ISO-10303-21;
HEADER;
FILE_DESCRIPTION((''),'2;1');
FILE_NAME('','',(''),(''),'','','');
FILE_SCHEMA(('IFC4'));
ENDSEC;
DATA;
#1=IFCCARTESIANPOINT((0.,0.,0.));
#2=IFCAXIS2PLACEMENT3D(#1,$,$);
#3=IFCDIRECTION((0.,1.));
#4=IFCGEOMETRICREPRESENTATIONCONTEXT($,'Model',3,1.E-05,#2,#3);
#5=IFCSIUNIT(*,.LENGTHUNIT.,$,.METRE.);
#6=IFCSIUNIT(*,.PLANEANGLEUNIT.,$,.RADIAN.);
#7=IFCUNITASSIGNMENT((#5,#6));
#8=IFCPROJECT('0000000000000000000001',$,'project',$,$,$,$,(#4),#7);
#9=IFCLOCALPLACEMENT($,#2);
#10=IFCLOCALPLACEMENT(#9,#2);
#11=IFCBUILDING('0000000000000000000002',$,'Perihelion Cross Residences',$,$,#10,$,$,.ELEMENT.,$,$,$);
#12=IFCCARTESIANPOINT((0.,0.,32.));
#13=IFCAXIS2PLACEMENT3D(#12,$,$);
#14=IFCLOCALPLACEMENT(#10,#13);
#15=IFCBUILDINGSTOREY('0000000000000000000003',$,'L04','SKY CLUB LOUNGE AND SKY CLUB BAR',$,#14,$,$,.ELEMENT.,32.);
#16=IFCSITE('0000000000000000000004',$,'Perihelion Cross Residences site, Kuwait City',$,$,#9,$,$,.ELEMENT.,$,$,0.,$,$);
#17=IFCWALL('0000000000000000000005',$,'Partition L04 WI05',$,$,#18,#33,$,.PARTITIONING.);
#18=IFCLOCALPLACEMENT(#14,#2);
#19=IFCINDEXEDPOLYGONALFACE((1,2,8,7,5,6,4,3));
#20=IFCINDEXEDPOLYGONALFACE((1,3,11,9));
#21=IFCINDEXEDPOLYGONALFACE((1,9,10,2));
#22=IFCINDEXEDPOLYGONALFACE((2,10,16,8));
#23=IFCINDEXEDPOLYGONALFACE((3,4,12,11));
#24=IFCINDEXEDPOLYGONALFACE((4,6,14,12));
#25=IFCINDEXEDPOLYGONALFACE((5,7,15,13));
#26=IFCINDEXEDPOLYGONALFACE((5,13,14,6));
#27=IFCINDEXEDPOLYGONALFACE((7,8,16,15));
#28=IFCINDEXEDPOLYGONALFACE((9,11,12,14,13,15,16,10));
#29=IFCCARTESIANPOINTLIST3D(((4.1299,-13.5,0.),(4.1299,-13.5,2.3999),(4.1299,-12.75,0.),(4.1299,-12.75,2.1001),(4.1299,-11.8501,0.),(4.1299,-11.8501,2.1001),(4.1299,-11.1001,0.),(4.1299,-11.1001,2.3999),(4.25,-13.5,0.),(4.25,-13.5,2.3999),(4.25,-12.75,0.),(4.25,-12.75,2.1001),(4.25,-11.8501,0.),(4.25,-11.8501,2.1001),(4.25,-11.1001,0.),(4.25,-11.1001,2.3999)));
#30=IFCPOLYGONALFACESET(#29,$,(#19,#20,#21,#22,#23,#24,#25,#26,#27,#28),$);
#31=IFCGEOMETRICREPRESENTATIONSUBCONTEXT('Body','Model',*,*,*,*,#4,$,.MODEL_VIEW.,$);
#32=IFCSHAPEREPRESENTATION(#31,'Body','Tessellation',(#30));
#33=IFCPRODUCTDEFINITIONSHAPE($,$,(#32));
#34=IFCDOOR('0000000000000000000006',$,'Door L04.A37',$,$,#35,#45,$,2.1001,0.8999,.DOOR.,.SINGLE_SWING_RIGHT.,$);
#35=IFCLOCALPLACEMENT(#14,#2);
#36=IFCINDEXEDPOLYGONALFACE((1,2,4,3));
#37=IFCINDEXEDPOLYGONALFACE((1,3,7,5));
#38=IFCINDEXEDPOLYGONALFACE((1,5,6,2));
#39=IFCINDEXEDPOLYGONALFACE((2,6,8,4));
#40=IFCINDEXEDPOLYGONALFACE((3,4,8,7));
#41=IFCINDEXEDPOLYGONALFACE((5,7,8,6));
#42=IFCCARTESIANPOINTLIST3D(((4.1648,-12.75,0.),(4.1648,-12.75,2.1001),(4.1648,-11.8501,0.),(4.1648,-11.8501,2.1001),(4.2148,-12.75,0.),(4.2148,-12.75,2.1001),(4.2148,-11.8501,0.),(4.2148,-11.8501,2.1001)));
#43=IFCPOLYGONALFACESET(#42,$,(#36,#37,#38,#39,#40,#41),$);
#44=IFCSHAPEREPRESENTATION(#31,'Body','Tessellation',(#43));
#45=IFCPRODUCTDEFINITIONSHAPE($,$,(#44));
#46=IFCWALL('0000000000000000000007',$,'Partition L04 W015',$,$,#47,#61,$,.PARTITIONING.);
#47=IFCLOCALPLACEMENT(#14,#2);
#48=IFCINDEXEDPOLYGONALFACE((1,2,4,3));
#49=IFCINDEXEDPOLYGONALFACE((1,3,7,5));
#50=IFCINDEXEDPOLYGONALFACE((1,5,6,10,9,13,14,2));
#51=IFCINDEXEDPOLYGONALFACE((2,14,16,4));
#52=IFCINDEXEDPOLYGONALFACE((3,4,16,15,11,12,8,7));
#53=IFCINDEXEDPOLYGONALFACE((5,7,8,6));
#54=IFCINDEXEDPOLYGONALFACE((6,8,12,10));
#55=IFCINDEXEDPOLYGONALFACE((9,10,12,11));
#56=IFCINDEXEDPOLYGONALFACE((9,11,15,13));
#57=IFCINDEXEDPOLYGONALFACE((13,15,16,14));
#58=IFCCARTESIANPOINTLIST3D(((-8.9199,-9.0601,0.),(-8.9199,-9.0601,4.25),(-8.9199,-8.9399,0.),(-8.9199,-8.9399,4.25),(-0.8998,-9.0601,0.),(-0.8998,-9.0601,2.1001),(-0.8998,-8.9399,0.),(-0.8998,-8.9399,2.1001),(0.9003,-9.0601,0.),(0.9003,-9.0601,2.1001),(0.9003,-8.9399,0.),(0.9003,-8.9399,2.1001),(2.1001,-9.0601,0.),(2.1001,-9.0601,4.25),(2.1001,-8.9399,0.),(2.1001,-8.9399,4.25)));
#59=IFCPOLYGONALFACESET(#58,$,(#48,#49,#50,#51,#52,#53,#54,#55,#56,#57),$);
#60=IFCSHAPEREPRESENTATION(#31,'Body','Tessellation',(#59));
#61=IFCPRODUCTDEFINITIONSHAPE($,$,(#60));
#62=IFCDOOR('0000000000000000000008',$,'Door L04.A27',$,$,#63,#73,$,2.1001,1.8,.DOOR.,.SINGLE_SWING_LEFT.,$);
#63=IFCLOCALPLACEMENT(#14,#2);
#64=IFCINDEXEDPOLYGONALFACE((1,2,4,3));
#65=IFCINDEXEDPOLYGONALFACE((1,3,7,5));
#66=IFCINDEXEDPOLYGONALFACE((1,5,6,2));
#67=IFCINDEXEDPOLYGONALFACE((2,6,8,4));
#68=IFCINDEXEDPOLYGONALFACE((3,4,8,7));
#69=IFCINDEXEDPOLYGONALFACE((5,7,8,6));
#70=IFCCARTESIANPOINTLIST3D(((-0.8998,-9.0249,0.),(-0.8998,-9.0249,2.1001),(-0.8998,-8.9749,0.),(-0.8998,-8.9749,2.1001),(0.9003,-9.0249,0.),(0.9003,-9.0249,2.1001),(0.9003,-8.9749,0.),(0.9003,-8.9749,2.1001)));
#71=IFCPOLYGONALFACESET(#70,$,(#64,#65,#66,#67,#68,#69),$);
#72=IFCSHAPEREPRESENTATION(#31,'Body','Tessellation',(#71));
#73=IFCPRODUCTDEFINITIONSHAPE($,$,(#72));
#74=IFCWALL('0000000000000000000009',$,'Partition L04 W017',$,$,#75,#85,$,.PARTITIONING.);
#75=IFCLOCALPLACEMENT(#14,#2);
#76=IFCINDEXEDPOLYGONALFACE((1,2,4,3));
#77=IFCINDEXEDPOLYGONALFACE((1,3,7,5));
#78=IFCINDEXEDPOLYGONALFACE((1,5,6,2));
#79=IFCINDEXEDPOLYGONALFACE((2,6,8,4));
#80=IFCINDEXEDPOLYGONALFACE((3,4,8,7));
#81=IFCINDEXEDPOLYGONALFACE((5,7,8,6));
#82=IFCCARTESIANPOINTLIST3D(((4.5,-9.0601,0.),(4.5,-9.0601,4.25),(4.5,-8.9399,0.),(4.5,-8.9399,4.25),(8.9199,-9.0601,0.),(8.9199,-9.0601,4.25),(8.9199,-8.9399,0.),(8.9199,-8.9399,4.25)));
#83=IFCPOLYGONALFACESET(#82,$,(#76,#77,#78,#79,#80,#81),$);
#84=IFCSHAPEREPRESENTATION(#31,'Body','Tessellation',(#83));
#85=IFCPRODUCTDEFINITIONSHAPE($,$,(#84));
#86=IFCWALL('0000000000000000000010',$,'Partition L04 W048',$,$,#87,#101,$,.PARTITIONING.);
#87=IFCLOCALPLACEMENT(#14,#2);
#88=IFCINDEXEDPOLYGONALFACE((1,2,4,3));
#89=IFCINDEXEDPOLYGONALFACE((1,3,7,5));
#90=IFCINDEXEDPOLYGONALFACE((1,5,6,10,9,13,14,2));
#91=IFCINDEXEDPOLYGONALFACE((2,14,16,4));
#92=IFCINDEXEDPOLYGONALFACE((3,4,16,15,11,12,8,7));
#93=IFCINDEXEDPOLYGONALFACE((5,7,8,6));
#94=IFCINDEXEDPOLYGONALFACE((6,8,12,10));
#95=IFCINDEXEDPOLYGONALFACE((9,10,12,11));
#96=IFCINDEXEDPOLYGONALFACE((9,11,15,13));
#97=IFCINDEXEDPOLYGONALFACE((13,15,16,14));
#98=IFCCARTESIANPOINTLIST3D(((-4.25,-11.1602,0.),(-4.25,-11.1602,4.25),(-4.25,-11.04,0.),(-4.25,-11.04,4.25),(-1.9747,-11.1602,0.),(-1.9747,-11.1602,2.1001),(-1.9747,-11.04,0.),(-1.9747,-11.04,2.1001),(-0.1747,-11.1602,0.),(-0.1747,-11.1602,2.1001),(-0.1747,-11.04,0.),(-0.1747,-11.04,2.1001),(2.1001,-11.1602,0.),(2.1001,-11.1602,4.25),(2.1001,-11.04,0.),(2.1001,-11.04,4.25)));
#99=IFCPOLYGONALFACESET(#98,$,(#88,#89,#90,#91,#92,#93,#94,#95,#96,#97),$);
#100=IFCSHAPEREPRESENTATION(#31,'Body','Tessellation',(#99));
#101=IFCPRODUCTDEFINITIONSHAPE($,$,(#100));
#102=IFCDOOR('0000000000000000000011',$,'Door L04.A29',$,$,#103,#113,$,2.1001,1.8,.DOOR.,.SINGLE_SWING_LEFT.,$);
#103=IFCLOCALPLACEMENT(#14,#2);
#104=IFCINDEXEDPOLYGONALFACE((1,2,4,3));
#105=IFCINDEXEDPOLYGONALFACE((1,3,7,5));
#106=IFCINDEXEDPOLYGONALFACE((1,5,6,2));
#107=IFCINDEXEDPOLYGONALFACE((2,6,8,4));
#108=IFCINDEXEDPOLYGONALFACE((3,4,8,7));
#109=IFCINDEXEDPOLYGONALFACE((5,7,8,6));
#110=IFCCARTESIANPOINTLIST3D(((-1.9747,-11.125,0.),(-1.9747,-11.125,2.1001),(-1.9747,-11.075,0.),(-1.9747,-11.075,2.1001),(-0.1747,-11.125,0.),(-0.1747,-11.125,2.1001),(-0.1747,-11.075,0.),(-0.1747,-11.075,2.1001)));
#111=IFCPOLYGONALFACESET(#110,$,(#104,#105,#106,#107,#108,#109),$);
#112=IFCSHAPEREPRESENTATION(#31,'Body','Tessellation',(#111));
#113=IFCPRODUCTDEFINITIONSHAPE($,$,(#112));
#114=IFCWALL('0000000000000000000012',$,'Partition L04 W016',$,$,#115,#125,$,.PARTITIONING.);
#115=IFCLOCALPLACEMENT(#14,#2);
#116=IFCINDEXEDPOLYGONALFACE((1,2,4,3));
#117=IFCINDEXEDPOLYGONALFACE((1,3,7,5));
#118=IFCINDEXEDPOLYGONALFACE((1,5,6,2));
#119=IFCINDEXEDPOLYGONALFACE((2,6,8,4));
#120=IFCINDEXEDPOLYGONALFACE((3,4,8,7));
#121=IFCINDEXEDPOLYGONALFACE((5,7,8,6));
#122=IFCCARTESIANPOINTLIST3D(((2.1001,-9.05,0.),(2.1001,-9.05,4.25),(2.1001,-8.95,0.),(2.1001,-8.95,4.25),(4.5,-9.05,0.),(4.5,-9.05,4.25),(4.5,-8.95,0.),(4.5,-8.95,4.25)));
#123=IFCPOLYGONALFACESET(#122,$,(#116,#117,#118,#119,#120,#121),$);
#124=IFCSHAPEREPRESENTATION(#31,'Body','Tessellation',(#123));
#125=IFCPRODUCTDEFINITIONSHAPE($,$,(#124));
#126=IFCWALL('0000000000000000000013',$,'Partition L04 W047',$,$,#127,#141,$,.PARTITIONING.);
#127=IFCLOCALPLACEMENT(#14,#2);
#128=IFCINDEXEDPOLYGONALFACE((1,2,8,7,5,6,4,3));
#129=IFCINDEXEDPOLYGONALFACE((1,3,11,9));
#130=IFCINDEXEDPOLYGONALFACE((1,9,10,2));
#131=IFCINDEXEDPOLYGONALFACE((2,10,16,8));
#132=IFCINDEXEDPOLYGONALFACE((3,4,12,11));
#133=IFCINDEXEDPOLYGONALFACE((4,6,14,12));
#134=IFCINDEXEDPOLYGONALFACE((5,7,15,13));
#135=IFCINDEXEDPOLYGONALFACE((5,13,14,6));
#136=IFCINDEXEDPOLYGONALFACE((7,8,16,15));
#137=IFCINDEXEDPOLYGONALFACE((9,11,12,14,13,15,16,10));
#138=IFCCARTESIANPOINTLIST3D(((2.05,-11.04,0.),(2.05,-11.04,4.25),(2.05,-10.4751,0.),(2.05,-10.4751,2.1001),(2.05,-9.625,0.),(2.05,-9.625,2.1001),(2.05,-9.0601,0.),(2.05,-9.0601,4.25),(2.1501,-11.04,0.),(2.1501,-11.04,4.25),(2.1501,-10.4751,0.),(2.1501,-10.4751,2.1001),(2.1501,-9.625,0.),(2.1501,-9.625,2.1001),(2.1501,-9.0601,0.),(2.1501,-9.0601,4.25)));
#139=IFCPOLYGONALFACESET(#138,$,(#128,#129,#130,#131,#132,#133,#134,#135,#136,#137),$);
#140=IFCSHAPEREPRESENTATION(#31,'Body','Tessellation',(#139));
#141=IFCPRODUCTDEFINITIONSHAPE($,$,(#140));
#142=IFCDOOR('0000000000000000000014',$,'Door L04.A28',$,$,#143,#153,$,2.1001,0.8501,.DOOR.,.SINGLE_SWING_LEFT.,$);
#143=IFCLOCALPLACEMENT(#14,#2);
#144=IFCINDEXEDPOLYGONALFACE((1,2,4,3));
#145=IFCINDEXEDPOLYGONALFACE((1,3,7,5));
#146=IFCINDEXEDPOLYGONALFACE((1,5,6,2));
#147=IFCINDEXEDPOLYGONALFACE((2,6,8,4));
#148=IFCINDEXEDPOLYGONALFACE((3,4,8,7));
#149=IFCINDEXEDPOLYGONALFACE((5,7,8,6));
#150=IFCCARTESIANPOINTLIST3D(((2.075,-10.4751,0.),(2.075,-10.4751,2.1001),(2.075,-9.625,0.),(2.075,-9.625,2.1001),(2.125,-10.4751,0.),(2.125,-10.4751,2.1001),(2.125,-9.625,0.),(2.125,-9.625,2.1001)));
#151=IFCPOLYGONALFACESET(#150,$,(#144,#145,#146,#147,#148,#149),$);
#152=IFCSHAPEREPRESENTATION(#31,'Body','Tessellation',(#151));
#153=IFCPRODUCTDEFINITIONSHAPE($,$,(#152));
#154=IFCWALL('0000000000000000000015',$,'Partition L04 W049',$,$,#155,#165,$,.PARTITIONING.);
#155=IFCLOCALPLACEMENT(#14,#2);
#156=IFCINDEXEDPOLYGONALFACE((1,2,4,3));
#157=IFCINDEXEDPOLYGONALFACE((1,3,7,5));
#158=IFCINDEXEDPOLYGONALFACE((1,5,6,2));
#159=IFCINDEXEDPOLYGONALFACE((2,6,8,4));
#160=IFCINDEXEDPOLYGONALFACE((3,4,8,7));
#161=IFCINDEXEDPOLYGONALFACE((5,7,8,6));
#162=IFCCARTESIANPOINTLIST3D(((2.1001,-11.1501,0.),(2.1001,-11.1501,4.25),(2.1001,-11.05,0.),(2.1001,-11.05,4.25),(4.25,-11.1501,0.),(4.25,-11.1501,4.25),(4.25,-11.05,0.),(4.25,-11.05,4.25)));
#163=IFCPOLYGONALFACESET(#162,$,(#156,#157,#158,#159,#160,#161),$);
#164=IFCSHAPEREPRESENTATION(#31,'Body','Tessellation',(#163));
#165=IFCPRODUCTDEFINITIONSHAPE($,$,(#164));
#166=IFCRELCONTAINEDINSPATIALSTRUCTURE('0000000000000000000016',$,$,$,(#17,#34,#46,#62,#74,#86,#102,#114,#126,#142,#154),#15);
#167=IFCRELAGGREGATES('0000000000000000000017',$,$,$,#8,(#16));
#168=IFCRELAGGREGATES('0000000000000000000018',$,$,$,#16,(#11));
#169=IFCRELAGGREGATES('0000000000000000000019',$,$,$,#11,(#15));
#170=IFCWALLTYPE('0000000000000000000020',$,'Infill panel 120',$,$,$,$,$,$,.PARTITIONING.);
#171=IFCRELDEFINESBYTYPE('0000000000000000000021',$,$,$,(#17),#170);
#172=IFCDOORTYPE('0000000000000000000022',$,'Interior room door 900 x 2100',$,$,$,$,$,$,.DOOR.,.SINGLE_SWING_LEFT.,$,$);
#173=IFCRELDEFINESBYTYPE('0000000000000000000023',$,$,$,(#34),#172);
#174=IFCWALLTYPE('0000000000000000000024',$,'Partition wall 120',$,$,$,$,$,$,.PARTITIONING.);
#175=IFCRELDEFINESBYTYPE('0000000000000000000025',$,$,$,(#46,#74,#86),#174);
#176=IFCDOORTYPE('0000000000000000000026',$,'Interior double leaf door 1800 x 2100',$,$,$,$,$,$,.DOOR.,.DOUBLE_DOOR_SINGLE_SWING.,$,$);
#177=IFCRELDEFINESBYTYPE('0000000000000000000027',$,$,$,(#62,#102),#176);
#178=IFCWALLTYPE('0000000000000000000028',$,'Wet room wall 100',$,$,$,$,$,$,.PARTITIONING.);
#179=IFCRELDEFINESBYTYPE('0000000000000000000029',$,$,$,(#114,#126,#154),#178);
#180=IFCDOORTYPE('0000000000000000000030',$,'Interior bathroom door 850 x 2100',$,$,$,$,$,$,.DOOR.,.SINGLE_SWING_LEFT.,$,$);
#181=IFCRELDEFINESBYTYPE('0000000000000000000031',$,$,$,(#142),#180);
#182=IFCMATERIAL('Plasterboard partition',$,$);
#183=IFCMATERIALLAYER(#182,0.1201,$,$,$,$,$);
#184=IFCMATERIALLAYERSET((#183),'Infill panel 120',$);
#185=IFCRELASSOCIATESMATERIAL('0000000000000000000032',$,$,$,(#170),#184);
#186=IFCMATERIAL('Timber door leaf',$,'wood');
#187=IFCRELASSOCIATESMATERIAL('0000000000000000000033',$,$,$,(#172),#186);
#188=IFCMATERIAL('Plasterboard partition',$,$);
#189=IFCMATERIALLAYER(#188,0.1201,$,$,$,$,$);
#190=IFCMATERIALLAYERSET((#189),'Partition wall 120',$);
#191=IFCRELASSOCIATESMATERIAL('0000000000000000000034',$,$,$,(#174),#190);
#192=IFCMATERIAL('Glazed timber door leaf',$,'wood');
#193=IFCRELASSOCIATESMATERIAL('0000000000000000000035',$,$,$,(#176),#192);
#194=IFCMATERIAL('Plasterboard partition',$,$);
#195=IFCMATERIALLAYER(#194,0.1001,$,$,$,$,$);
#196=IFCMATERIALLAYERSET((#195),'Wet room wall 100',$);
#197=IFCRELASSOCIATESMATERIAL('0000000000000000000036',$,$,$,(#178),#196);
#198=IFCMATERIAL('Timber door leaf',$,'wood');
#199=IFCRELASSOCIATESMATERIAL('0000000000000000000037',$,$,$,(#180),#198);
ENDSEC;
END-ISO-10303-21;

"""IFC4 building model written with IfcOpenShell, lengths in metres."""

from ifc_helpers import new_model, si_unit, direction, frame, frame_2d, origin, place, context, subcontext, project, spatial, rectangle, extrude, material, layer, layer_set, type_object, element, fill, save


model = new_model("IFC4")

# Units and contexts
model_context = context("Model", 3, precision=1e-05, world=origin(), true_north=direction((0.0, 1.0)))
body_context = subcontext(model_context, "Body", "Model", "MODEL_VIEW")
ifc_project = project(units=[si_unit("LENGTHUNIT", "METRE"), si_unit("PLANEANGLEUNIT", "RADIAN")], contexts=[model_context])

# Site, building, storey
site_placement = place(None, origin())
site = spatial("IfcSite", under=ifc_project, at=site_placement, Name="Perihelion Cross Residences site, Kuwait City", CompositionType="ELEMENT", RefElevation=0.0)
building_placement = place(site_placement, origin())
building = spatial("IfcBuilding", under=site, at=building_placement, Name="Perihelion Cross Residences", CompositionType="ELEMENT")
storey_placement = place(building_placement, frame((0.0, 0.0, 32.0)))
storey = spatial("IfcBuildingStorey", under=building, at=storey_placement, Name="L04", Description="SKY CLUB LOUNGE AND SKY CLUB BAR", CompositionType="ELEMENT", Elevation=32.0)

# Walls, openings, doors
ifc_material_1 = material(Name="Plasterboard partition")
ifc_layer_1 = layer(ifc_material_1, 0.1201)
ifc_layer_set_1 = layer_set([ifc_layer_1], Name="Infill panel 120")
wall_type_1 = type_object("IfcWallType", Name="Infill panel 120", PredefinedType="PARTITIONING", material=ifc_layer_set_1)
wall_1_placement = place(storey_placement, frame((4.1899, -11.1001, 0.0), z_axis=(0.0, 0.0, 1.0), x_axis=(0.0, -1.0, 0.0)))
wall_1 = element("IfcWall", 1, at=wall_1_placement, inside=storey, type_object=wall_type_1, Name="Partition L04 WI05", PredefinedType="PARTITIONING", context=body_context, shape_type="SweptSolid", body=[
    extrude(rectangle(XDim=2.3999, YDim=0.1201, at=frame_2d((1.2, 0.0))), origin(), (0.0, 0.0, 1.0), 2.3999),
])
opening_1_placement = place(wall_1_placement, frame((0.75, 0.0, 0.0)))
opening_1 = element("IfcOpeningElement", 2, at=opening_1_placement, cuts=wall_1, PredefinedType="OPENING", context=body_context, shape_type="SweptSolid", body=[
    extrude(rectangle(XDim=0.8999, YDim=2.1001, at=frame_2d((0.45, 1.05))), frame((0.0, 0.0701, 0.0), z_axis=(0.0, -1.0, 0.0), x_axis=(1.0, 0.0, 0.0)), (0.0, 0.0, 1.0), 0.1401),
])
ifc_material_2 = material(Name="Timber door leaf", Category="wood")
door_type_1 = type_object("IfcDoorType", Name="Interior room door 900 x 2100", OperationType="SINGLE_SWING_LEFT", PredefinedType="DOOR", material=ifc_material_2)
door_1_placement = place(opening_1_placement, origin())
door_1 = element("IfcDoor", 3, at=door_1_placement, inside=storey, type_object=door_type_1, Name="Door L04.A37", OperationType="SINGLE_SWING_RIGHT", OverallHeight=2.1001, OverallWidth=0.8999, PredefinedType="DOOR", context=body_context, shape_type="SweptSolid", body=[
    extrude(rectangle(XDim=0.8999, YDim=2.1001, at=frame_2d((0.45, 1.05))), frame((0.0, 0.0249, 0.0), z_axis=(0.0, -1.0, 0.0), x_axis=(1.0, 0.0, 0.0)), (0.0, 0.0, 1.0), 0.05),
])
fill(opening_1, door_1)
ifc_material_3 = material(Name="Plasterboard partition")
ifc_layer_2 = layer(ifc_material_3, 0.1201)
ifc_layer_set_2 = layer_set([ifc_layer_2], Name="Partition wall 120")
wall_type_2 = type_object("IfcWallType", Name="Partition wall 120", PredefinedType="PARTITIONING", material=ifc_layer_set_2)
wall_2_placement = place(storey_placement, frame((2.1001, -9.0, 0.0), z_axis=(0.0, 0.0, 1.0), x_axis=(-1.0, 0.0, 0.0)))
wall_2 = element("IfcWall", 4, at=wall_2_placement, inside=storey, type_object=wall_type_2, Name="Partition L04 W015", PredefinedType="PARTITIONING", context=body_context, shape_type="SweptSolid", body=[
    extrude(rectangle(XDim=11.02, YDim=0.1201, at=frame_2d((5.51, 0.0))), origin(), (0.0, 0.0, 1.0), 4.25),
])
opening_2_placement = place(wall_2_placement, frame((1.2, 0.0, 0.0)))
opening_2 = element("IfcOpeningElement", 5, at=opening_2_placement, cuts=wall_2, PredefinedType="OPENING", context=body_context, shape_type="SweptSolid", body=[
    extrude(rectangle(XDim=1.8, YDim=2.1001, at=frame_2d((0.8999, 1.05))), frame((0.0, 0.0701, 0.0), z_axis=(0.0, -1.0, 0.0), x_axis=(1.0, 0.0, 0.0)), (0.0, 0.0, 1.0), 0.1401),
])
ifc_material_4 = material(Name="Glazed timber door leaf", Category="wood")
door_type_2 = type_object("IfcDoorType", Name="Interior double leaf door 1800 x 2100", OperationType="DOUBLE_DOOR_SINGLE_SWING", PredefinedType="DOOR", material=ifc_material_4)
door_2_placement = place(opening_2_placement, origin())
door_2 = element("IfcDoor", 6, at=door_2_placement, inside=storey, type_object=door_type_2, Name="Door L04.A27", OperationType="SINGLE_SWING_LEFT", OverallHeight=2.1001, OverallWidth=1.8, PredefinedType="DOOR", context=body_context, shape_type="SweptSolid", body=[
    extrude(rectangle(XDim=1.8, YDim=2.1001, at=frame_2d((0.8999, 1.05))), frame((0.0, 0.0249, 0.0), z_axis=(0.0, -1.0, 0.0), x_axis=(1.0, 0.0, 0.0)), (0.0, 0.0, 1.0), 0.05),
])
fill(opening_2, door_2)

# Wall
wall_3_placement = place(storey_placement, frame((8.9199, -9.0, 0.0), z_axis=(0.0, 0.0, 1.0), x_axis=(-1.0, 0.0, 0.0)))
element("IfcWall", 7, at=wall_3_placement, inside=storey, type_object=wall_type_2, Name="Partition L04 W017", PredefinedType="PARTITIONING", context=body_context, shape_type="SweptSolid", body=[
    extrude(rectangle(XDim=4.4199, YDim=0.1201, at=frame_2d((2.21, 0.0))), origin(), (0.0, 0.0, 1.0), 4.25),
])

# Wall, opening, door
wall_4_placement = place(storey_placement, frame((2.1001, -11.1001, 0.0), z_axis=(0.0, 0.0, 1.0), x_axis=(-1.0, 0.0, 0.0)))
wall_4 = element("IfcWall", 8, at=wall_4_placement, inside=storey, type_object=wall_type_2, Name="Partition L04 W048", PredefinedType="PARTITIONING", context=body_context, shape_type="SweptSolid", body=[
    extrude(rectangle(XDim=6.3501, YDim=0.1201, at=frame_2d((3.175, 0.0))), origin(), (0.0, 0.0, 1.0), 4.25),
])
opening_3_placement = place(wall_4_placement, frame((2.2749, 0.0, 0.0)))
opening_3 = element("IfcOpeningElement", 9, at=opening_3_placement, cuts=wall_4, PredefinedType="OPENING", context=body_context, shape_type="SweptSolid", body=[
    extrude(rectangle(XDim=1.8, YDim=2.1001, at=frame_2d((0.8999, 1.05))), frame((0.0, 0.0701, 0.0), z_axis=(0.0, -1.0, 0.0), x_axis=(1.0, 0.0, 0.0)), (0.0, 0.0, 1.0), 0.1401),
])
door_3_placement = place(opening_3_placement, origin())
door_3 = element("IfcDoor", 10, at=door_3_placement, inside=storey, type_object=door_type_2, Name="Door L04.A29", OperationType="SINGLE_SWING_LEFT", OverallHeight=2.1001, OverallWidth=1.8, PredefinedType="DOOR", context=body_context, shape_type="SweptSolid", body=[
    extrude(rectangle(XDim=1.8, YDim=2.1001, at=frame_2d((0.8999, 1.05))), frame((0.0, 0.0249, 0.0), z_axis=(0.0, -1.0, 0.0), x_axis=(1.0, 0.0, 0.0)), (0.0, 0.0, 1.0), 0.05),
])
fill(opening_3, door_3)

# Wall
ifc_material_5 = material(Name="Plasterboard partition")
ifc_layer_3 = layer(ifc_material_5, 0.1001)
ifc_layer_set_3 = layer_set([ifc_layer_3], Name="Wet room wall 100")
wall_type_3 = type_object("IfcWallType", Name="Wet room wall 100", PredefinedType="PARTITIONING", material=ifc_layer_set_3)
wall_5_placement = place(storey_placement, frame((4.5, -9.0, 0.0), z_axis=(0.0, 0.0, 1.0), x_axis=(-1.0, 0.0, 0.0)))
element("IfcWall", 11, at=wall_5_placement, inside=storey, type_object=wall_type_3, Name="Partition L04 W016", PredefinedType="PARTITIONING", context=body_context, shape_type="SweptSolid", body=[
    extrude(rectangle(XDim=2.3999, YDim=0.1001, at=frame_2d((1.2, 0.0))), origin(), (0.0, 0.0, 1.0), 4.25),
])

# Wall, opening, door
wall_6_placement = place(storey_placement, frame((2.1001, -9.0601, 0.0), z_axis=(0.0, 0.0, 1.0), x_axis=(0.0, -1.0, 0.0)))
wall_6 = element("IfcWall", 12, at=wall_6_placement, inside=storey, type_object=wall_type_3, Name="Partition L04 W047", PredefinedType="PARTITIONING", context=body_context, shape_type="SweptSolid", body=[
    extrude(rectangle(XDim=1.98, YDim=0.1001, at=frame_2d((0.99, 0.0))), origin(), (0.0, 0.0, 1.0), 4.25),
])
opening_4_placement = place(wall_6_placement, frame((0.5649, 0.0, 0.0)))
opening_4 = element("IfcOpeningElement", 13, at=opening_4_placement, cuts=wall_6, PredefinedType="OPENING", context=body_context, shape_type="SweptSolid", body=[
    extrude(rectangle(XDim=0.8501, YDim=2.1001, at=frame_2d((0.425, 1.05))), frame((0.0, 0.0601, 0.0), z_axis=(0.0, -1.0, 0.0), x_axis=(1.0, 0.0, 0.0)), (0.0, 0.0, 1.0), 0.1201),
])
ifc_material_6 = material(Name="Timber door leaf", Category="wood")
door_type_3 = type_object("IfcDoorType", Name="Interior bathroom door 850 x 2100", OperationType="SINGLE_SWING_LEFT", PredefinedType="DOOR", material=ifc_material_6)
door_4_placement = place(opening_4_placement, origin())
door_4 = element("IfcDoor", 14, at=door_4_placement, inside=storey, type_object=door_type_3, Name="Door L04.A28", OperationType="SINGLE_SWING_LEFT", OverallHeight=2.1001, OverallWidth=0.8501, PredefinedType="DOOR", context=body_context, shape_type="SweptSolid", body=[
    extrude(rectangle(XDim=0.8501, YDim=2.1001, at=frame_2d((0.425, 1.05))), frame((0.0, 0.0249, 0.0), z_axis=(0.0, -1.0, 0.0), x_axis=(1.0, 0.0, 0.0)), (0.0, 0.0, 1.0), 0.05),
])
fill(opening_4, door_4)

# Wall
wall_7_placement = place(storey_placement, frame((4.25, -11.1001, 0.0), z_axis=(0.0, 0.0, 1.0), x_axis=(-1.0, 0.0, 0.0)))
element("IfcWall", 15, at=wall_7_placement, inside=storey, type_object=wall_type_3, Name="Partition L04 W049", PredefinedType="PARTITIONING", context=body_context, shape_type="SweptSolid", body=[
    extrude(rectangle(XDim=2.1499, YDim=0.1001, at=frame_2d((1.075, 0.0))), origin(), (0.0, 0.0, 1.0), 4.25),
])

save(model, "model.ifc")
